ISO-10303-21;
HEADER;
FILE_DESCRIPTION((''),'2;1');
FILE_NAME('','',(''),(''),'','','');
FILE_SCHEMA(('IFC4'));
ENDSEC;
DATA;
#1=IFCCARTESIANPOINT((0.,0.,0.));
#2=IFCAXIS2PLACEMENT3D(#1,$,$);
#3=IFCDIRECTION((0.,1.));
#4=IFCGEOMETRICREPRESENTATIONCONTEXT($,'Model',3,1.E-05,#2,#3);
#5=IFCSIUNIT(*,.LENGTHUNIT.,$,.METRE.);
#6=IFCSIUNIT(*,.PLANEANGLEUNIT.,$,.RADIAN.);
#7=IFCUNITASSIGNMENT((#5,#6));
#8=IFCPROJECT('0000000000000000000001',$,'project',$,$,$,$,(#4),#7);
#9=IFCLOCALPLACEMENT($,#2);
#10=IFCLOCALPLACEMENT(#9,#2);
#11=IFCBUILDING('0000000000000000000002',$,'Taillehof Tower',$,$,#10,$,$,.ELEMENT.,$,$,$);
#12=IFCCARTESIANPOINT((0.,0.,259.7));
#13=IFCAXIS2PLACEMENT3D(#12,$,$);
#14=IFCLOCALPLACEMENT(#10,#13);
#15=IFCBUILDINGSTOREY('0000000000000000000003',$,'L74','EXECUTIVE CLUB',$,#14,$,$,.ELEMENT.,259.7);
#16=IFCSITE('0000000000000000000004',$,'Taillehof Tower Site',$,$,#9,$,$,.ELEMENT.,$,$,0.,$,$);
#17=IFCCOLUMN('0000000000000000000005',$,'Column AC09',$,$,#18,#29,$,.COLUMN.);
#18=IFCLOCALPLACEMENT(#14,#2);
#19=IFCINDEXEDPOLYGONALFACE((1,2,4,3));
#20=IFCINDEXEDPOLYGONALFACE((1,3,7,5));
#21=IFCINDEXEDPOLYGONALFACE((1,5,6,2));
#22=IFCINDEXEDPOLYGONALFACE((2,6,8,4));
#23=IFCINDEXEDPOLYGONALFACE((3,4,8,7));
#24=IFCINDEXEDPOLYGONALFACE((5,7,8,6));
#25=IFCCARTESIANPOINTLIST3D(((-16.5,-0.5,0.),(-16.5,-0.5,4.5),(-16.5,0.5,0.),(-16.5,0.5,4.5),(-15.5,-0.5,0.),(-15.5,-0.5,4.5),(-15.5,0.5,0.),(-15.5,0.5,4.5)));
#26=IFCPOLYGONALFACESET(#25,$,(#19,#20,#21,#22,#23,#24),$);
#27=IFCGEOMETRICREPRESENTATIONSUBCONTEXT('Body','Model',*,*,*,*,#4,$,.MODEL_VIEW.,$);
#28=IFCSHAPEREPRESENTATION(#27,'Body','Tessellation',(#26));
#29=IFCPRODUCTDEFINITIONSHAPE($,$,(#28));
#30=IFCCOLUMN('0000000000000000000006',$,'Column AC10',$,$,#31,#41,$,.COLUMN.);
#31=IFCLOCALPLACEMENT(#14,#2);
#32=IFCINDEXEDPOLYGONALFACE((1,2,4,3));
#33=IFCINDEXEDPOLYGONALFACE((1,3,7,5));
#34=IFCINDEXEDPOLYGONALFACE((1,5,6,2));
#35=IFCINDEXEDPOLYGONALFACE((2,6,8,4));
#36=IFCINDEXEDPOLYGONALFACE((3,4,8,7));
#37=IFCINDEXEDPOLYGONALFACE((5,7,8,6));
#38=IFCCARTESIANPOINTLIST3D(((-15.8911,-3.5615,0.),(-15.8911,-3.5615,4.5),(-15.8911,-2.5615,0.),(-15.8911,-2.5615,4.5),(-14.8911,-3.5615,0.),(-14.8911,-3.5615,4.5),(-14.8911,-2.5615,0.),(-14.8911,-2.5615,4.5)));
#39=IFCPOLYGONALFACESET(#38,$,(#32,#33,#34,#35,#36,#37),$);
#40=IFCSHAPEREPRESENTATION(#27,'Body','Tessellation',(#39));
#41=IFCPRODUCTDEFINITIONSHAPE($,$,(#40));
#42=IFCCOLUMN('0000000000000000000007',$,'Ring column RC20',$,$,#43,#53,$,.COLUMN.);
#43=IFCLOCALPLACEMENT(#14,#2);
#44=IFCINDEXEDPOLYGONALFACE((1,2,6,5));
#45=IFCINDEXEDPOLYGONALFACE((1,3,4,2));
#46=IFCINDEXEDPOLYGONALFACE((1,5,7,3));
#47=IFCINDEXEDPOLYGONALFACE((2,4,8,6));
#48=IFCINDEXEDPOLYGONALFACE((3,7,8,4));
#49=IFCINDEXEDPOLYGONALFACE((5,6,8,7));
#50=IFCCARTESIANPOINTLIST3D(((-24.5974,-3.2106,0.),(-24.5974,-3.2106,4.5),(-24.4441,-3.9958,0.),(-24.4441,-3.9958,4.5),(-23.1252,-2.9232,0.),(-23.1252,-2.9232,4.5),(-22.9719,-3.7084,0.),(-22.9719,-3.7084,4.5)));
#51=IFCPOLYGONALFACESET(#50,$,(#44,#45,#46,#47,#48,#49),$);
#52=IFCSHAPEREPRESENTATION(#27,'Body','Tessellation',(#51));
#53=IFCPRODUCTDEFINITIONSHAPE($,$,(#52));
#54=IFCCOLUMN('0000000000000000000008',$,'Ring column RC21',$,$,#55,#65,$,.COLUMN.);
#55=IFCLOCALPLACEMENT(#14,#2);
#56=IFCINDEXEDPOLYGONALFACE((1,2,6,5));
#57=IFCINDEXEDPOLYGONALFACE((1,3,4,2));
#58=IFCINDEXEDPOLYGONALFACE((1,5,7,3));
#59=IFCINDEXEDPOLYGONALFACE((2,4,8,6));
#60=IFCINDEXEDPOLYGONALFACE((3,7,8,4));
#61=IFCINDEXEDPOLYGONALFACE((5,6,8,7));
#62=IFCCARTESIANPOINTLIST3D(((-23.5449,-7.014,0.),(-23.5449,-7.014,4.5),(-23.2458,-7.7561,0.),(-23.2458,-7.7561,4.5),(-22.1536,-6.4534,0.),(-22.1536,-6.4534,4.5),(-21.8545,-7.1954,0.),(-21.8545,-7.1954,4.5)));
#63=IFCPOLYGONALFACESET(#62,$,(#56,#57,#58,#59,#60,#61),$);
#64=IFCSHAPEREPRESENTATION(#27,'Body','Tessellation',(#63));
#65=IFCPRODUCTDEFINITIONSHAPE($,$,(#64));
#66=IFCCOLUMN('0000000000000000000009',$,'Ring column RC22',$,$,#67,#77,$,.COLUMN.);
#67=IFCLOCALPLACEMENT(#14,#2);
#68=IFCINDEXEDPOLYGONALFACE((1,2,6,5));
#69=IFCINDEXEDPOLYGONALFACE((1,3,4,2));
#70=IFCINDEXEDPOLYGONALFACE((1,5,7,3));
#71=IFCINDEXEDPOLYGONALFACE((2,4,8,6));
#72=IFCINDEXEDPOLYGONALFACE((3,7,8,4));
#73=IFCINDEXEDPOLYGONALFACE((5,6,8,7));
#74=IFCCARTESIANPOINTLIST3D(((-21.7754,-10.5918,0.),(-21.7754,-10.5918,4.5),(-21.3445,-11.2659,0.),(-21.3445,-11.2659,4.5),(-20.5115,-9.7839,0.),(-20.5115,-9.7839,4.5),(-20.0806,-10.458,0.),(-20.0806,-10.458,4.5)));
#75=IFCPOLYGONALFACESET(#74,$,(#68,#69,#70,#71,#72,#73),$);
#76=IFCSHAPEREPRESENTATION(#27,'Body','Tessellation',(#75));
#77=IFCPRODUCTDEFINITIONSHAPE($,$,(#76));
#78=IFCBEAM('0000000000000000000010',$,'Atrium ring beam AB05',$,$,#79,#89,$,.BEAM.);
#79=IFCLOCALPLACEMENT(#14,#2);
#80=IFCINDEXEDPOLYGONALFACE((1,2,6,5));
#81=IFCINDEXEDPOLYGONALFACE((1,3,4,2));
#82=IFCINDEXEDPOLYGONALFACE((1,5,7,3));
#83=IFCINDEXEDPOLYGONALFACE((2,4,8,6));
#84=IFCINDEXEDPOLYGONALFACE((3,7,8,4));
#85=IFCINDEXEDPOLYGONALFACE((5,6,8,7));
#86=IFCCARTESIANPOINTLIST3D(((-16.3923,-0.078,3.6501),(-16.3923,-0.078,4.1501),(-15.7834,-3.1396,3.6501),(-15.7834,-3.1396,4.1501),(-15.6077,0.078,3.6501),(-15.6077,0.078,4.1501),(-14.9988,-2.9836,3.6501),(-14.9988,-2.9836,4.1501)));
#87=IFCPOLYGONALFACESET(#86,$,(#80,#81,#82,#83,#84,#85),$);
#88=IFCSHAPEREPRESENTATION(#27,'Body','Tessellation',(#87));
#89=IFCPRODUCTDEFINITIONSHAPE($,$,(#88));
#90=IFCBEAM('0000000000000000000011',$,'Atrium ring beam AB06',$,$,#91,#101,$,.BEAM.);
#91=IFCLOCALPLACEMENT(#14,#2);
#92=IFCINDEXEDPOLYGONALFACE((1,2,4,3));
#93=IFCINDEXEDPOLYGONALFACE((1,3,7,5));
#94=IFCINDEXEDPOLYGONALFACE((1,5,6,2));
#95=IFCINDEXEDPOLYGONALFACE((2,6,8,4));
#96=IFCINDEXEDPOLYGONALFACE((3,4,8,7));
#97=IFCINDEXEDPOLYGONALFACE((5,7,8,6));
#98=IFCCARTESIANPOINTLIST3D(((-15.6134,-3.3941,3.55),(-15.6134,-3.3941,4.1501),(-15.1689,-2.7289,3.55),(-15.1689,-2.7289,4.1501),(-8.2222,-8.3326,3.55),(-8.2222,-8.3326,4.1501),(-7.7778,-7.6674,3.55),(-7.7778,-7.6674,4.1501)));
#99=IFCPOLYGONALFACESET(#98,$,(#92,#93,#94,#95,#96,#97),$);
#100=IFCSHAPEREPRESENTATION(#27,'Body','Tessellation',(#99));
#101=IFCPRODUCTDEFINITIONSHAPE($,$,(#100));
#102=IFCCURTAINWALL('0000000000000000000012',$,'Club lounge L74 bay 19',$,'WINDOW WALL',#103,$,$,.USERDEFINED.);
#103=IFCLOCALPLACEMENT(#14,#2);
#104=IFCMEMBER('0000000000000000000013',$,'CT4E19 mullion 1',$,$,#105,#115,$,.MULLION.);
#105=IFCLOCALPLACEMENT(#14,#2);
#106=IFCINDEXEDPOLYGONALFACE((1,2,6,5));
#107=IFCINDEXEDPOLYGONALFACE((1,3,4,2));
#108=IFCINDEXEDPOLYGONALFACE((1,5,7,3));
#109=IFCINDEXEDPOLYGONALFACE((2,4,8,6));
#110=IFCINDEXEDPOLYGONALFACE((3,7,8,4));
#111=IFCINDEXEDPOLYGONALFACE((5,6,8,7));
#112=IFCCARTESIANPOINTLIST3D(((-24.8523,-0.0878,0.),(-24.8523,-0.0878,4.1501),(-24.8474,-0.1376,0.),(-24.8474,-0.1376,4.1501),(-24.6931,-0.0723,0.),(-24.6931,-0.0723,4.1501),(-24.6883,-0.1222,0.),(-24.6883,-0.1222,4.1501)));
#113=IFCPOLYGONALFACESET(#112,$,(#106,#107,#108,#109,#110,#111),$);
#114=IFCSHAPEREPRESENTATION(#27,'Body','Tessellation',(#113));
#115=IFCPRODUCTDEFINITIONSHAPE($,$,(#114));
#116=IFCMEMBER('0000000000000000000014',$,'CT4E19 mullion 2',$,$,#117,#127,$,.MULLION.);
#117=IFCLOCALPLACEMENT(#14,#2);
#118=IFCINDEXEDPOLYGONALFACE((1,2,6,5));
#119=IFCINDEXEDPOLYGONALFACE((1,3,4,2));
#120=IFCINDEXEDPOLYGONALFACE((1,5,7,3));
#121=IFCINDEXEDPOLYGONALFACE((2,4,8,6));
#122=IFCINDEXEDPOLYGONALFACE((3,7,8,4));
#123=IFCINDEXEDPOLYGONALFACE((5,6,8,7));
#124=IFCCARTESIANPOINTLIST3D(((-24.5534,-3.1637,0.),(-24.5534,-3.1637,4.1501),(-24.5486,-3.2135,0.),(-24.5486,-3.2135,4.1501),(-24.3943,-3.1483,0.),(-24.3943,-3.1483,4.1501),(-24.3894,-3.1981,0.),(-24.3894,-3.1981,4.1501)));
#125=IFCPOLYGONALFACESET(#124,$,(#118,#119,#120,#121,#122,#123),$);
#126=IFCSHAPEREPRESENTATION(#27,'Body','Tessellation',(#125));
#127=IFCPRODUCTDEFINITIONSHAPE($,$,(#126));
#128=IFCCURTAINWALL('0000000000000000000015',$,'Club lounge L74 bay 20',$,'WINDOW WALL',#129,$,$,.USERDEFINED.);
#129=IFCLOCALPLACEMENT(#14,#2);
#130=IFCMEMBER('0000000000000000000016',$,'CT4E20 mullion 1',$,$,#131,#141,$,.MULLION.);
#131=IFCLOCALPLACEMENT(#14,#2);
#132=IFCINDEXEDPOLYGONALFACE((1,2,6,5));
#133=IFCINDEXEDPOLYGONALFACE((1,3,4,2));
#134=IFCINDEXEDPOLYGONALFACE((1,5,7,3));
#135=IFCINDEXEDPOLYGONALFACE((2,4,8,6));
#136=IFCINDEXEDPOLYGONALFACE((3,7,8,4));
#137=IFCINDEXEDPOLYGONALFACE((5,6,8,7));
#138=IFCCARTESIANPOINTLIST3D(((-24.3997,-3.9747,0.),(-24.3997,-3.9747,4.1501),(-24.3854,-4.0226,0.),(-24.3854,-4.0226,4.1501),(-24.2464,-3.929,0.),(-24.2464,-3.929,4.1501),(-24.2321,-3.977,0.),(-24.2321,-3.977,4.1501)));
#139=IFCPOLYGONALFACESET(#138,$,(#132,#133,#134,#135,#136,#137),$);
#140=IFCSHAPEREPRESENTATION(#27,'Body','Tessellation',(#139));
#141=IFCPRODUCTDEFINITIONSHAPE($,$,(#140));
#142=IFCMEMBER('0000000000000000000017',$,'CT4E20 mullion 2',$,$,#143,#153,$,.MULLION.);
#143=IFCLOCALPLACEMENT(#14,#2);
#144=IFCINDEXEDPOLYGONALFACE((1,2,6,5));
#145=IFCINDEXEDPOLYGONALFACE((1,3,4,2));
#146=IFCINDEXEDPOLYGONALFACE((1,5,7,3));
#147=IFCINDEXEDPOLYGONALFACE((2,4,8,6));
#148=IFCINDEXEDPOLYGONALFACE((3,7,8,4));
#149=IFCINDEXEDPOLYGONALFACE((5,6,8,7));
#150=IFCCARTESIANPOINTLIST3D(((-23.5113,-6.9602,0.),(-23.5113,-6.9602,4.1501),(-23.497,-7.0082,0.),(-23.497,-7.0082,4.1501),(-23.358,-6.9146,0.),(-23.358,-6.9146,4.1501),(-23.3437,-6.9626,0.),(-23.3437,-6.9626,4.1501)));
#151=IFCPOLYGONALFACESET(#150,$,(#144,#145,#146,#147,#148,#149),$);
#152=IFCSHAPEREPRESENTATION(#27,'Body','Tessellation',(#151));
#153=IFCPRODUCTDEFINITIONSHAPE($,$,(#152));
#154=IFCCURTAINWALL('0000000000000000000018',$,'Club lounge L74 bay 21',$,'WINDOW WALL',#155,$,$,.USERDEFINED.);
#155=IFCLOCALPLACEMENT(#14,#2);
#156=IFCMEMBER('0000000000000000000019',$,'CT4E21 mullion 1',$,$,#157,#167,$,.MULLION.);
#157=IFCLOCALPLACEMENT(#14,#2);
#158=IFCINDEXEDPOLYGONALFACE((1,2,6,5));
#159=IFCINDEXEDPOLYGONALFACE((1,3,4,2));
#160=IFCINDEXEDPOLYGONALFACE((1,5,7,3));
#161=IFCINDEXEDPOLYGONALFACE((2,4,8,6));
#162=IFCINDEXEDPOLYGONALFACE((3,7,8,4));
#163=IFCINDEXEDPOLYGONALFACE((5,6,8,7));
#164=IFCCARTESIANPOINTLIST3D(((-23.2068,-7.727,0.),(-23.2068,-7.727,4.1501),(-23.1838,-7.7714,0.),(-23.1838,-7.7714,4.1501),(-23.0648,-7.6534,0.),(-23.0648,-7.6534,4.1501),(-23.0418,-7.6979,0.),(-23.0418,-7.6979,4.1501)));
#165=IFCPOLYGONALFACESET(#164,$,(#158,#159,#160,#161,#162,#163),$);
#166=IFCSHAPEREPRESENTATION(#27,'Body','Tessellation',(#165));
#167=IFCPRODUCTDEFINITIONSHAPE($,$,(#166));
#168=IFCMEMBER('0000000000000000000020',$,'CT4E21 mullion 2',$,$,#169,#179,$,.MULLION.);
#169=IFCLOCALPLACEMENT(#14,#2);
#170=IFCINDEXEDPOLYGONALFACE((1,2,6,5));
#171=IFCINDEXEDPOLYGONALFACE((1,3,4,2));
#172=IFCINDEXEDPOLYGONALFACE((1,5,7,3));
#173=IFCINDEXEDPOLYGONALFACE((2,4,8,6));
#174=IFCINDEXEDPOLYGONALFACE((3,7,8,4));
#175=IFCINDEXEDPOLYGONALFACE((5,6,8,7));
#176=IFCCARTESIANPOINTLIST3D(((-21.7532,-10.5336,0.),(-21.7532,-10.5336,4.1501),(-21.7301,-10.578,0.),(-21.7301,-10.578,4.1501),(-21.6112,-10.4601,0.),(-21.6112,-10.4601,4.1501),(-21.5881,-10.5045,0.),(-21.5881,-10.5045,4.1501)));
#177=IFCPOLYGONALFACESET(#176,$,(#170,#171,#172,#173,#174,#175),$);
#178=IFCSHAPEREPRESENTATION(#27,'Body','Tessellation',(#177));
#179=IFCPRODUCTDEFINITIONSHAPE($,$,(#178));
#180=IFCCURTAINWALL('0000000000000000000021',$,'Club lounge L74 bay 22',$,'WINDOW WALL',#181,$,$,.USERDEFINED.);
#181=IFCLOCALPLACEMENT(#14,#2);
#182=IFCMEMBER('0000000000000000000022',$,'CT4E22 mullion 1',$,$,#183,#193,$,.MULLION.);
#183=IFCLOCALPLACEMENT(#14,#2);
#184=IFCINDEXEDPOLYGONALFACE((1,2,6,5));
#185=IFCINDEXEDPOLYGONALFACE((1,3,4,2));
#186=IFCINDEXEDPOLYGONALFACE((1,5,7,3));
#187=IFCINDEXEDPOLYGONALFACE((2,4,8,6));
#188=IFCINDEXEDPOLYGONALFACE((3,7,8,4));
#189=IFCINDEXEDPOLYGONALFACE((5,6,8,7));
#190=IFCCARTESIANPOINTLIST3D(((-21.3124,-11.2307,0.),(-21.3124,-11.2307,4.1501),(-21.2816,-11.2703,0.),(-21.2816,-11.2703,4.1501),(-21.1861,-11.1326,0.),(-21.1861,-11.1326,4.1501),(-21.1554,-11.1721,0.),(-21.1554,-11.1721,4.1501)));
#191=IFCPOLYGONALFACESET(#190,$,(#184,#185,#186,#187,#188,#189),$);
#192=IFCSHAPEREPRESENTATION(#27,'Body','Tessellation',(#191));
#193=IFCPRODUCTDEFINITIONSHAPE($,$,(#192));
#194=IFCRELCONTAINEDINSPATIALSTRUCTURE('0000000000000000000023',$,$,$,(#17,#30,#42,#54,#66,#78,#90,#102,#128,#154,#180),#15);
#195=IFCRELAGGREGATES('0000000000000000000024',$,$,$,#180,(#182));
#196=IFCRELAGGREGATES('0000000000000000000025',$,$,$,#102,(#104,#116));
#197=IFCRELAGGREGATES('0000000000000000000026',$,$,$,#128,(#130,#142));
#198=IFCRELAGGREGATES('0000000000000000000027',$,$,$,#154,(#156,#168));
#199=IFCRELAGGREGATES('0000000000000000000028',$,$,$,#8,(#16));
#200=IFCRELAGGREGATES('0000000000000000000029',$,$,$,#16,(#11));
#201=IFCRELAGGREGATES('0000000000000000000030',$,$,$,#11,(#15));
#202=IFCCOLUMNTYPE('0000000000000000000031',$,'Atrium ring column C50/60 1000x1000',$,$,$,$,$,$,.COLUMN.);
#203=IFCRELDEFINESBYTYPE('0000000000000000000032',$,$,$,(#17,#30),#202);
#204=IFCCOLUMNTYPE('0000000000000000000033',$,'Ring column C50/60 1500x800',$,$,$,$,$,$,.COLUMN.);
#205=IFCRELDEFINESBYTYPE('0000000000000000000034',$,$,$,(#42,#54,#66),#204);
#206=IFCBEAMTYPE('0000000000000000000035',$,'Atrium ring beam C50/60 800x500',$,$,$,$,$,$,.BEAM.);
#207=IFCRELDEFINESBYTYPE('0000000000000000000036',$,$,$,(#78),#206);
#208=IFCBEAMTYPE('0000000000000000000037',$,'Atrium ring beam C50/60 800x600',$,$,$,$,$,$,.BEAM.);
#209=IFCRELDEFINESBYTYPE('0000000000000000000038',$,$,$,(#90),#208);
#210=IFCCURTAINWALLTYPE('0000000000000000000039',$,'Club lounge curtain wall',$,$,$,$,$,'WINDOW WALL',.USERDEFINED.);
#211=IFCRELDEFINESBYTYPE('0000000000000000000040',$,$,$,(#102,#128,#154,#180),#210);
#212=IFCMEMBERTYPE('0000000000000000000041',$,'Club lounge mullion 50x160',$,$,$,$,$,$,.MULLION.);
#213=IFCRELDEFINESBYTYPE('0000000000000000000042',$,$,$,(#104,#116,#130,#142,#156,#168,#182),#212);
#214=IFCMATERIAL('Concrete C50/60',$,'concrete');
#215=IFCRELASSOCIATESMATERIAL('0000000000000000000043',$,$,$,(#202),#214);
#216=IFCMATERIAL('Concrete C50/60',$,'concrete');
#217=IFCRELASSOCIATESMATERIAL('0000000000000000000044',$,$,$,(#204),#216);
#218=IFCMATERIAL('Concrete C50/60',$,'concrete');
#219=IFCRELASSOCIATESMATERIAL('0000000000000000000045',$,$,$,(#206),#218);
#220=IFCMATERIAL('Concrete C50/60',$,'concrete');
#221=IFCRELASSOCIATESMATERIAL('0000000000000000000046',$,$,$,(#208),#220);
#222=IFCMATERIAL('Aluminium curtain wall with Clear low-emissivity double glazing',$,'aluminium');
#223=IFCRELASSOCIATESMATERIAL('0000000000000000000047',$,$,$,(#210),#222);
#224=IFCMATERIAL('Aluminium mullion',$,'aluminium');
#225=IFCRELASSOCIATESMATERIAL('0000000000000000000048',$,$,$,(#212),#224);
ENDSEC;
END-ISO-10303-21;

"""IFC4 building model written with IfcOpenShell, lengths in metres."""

from ifc_helpers import new_model, si_unit, direction, frame, origin, origin_2d, place, context, subcontext, project, spatial, rectangle, extrude, material, material_profile, profile_set, type_object, element, aggregate, save


model = new_model("IFC4")

# Units and contexts
model_context = context("Model", 3, precision=1e-05, world=origin(), true_north=direction((0.0, 1.0)))
body_context = subcontext(model_context, "Body", "Model", "MODEL_VIEW")
ifc_project = project(units=[si_unit("LENGTHUNIT", "METRE"), si_unit("PLANEANGLEUNIT", "RADIAN")], contexts=[model_context])

# Site, building, storey
site_placement = place(None, origin())
site = spatial("IfcSite", under=ifc_project, at=site_placement, Name="Taillehof Tower Site", CompositionType="ELEMENT", RefElevation=0.0)
building_placement = place(site_placement, origin())
building = spatial("IfcBuilding", under=site, at=building_placement, Name="Taillehof Tower", CompositionType="ELEMENT")
storey_placement = place(building_placement, frame((0.0, 0.0, 259.7)))
storey = spatial("IfcBuildingStorey", under=building, at=storey_placement, Name="L74", Description="EXECUTIVE CLUB", CompositionType="ELEMENT", Elevation=259.7)

# Columns
ifc_material_1 = material(Name="Concrete C50/60", Category="concrete")
ifc_material_profile_1 = material_profile(ifc_material_1, rectangle(XDim=1.0, YDim=1.0, at=origin_2d()), Name="RC 1000x1000")
ifc_profile_set_1 = profile_set([ifc_material_profile_1], Name="Concrete C50/60")
column_type_1 = type_object("IfcColumnType", Name="Atrium ring column C50/60 1000x1000", PredefinedType="COLUMN", material=ifc_profile_set_1)
for number, where, z_axis, x_axis, name in (
    (1, (-16.0, 0.0, 0.0), (0.0, 0.0, 1.0), (1.0, 0.0, 0.0), "Column AC09"),
    (2, (-15.3911, -3.0615, 0.0), (0.0, 0.0, 1.0), (1.0, 0.0, 0.0), "Column AC10"),
):
    element("IfcColumn", number, at=place(storey_placement, frame(where, z_axis=z_axis, x_axis=x_axis)), inside=storey, type_object=column_type_1, Name=name, PredefinedType="COLUMN", context=body_context, shape_type="SweptSolid", body=[
        extrude(rectangle(XDim=1.0, YDim=1.0, at=origin_2d()), origin(), (0.0, 0.0, 1.0), 4.5),
    ])
ifc_material_2 = material(Name="Concrete C50/60", Category="concrete")
ifc_material_profile_2 = material_profile(ifc_material_2, rectangle(XDim=1.5, YDim=0.8, at=origin_2d()), Name="RC 1500x800")
ifc_profile_set_2 = profile_set([ifc_material_profile_2], Name="Concrete C50/60")
column_type_2 = type_object("IfcColumnType", Name="Ring column C50/60 1500x800", PredefinedType="COLUMN", material=ifc_profile_set_2)
for number, where, z_axis, x_axis, name in (
    (3, (-23.7847, -3.4595, 0.0), (0.0, 0.0, 1.0), (-0.981473, -0.191602, 0.0), "Ring column RC20"),
    (4, (-22.6997, -7.1047, 0.0), (0.0, 0.0, 1.0), (-0.927525, -0.373762, 0.0), "Ring column RC21"),
    (5, (-20.928, -10.5249, 0.0), (0.0, 0.0, 1.0), (-0.842574, -0.538581, 0.0), "Ring column RC22"),
):
    element("IfcColumn", number, at=place(storey_placement, frame(where, z_axis=z_axis, x_axis=x_axis)), inside=storey, type_object=column_type_2, Name=name, PredefinedType="COLUMN", context=body_context, shape_type="SweptSolid", body=[
        extrude(rectangle(XDim=1.5, YDim=0.8, at=origin_2d()), origin(), (0.0, 0.0, 1.0), 4.5),
    ])

# Beams
ifc_material_3 = material(Name="Concrete C50/60", Category="concrete")
ifc_material_profile_3 = material_profile(ifc_material_3, rectangle(XDim=0.8, YDim=0.5, at=origin_2d()), Name="RC 800x500")
ifc_profile_set_3 = profile_set([ifc_material_profile_3], Name="Concrete C50/60")
beam_type_1 = type_object("IfcBeamType", Name="Atrium ring beam C50/60 800x500", PredefinedType="BEAM", material=ifc_profile_set_3)
beam_1_placement = place(storey_placement, frame((-16.0, 0.0, 3.9001), z_axis=(0.195063, -0.980791, 0.0), x_axis=(0.980791, 0.195063, 0.0)))
element("IfcBeam", 6, at=beam_1_placement, inside=storey, type_object=beam_type_1, Name="Atrium ring beam AB05", PredefinedType="BEAM", context=body_context, shape_type="SweptSolid", body=[
    extrude(rectangle(XDim=0.8, YDim=0.5, at=origin_2d()), origin(), (0.0, 0.0, 1.0), 3.1216),
])
ifc_material_4 = material(Name="Concrete C50/60", Category="concrete")
ifc_material_profile_4 = material_profile(ifc_material_4, rectangle(XDim=0.8, YDim=0.6001, at=origin_2d()), Name="RC 800x600")
ifc_profile_set_4 = profile_set([ifc_material_profile_4], Name="Concrete C50/60")
beam_type_2 = type_object("IfcBeamType", Name="Atrium ring beam C50/60 800x600", PredefinedType="BEAM", material=ifc_profile_set_4)
beam_2_placement = place(storey_placement, frame((-15.3911, -3.0615, 3.8501), z_axis=(0.831475, -0.555562, 0.0), x_axis=(0.555562, 0.831475, 0.0)))
element("IfcBeam", 7, at=beam_2_placement, inside=storey, type_object=beam_type_2, Name="Atrium ring beam AB06", PredefinedType="BEAM", context=body_context, shape_type="SweptSolid", body=[
    extrude(rectangle(XDim=0.8, YDim=0.6001, at=origin_2d()), origin(), (0.0, 0.0, 1.0), 8.8892),
])

# Curtain walls, members
ifc_material_5 = material(Name="Aluminium curtain wall with Clear low-emissivity double glazing", Category="aluminium")
curtain_wall_type = type_object("IfcCurtainWallType", Name="Club lounge curtain wall", ElementType="WINDOW WALL", PredefinedType="USERDEFINED", material=ifc_material_5)
curtain_wall_1_placement = place(storey_placement, origin())
curtain_wall_1 = element("IfcCurtainWall", 8, at=curtain_wall_1_placement, inside=storey, type_object=curtain_wall_type, Name="Club lounge L74 bay 19", ObjectType="WINDOW WALL", PredefinedType="USERDEFINED")
ifc_material_6 = material(Name="Aluminium mullion", Category="aluminium")
ifc_material_profile_5 = material_profile(ifc_material_6, rectangle(XDim=0.1599, YDim=0.05, at=origin_2d()), Name="AL 50x160")
ifc_profile_set_5 = profile_set([ifc_material_profile_5], Name="Aluminium mullion")
member_type_1 = type_object("IfcMemberType", Name="Club lounge mullion 50x160", PredefinedType="MULLION", material=ifc_profile_set_5)
member_1_placement = place(storey_placement, frame((-24.7703, -0.105, 0.0), z_axis=(0.0, 0.0, 1.0), x_axis=(0.995312, 0.096714, 0.0)))
member_1 = element("IfcMember", 9, at=member_1_placement, type_object=member_type_1, Name="CT4E19 mullion 1", PredefinedType="MULLION", context=body_context, shape_type="SweptSolid", body=[
    extrude(rectangle(XDim=0.1599, YDim=0.05, at=origin_2d()), origin(), (0.0, 0.0, 1.0), 4.1501),
])
member_2_placement = place(storey_placement, frame((-24.4714, -3.1809, 0.0), z_axis=(0.0, 0.0, 1.0), x_axis=(0.995312, 0.096714, 0.0)))
member_2 = element("IfcMember", 10, at=member_2_placement, type_object=member_type_1, Name="CT4E19 mullion 2", PredefinedType="MULLION", context=body_context, shape_type="SweptSolid", body=[
    extrude(rectangle(XDim=0.1599, YDim=0.05, at=origin_2d()), origin(), (0.0, 0.0, 1.0), 4.1501),
])
curtain_wall_2_placement = place(storey_placement, origin())
curtain_wall_2 = element("IfcCurtainWall", 11, at=curtain_wall_2_placement, inside=storey, type_object=curtain_wall_type, Name="Club lounge L74 bay 20", ObjectType="WINDOW WALL", PredefinedType="USERDEFINED")
member_3_placement = place(storey_placement, frame((-24.3159, -3.9758, 0.0), z_axis=(0.0, 0.0, 1.0), x_axis=(0.958457, 0.285236, 0.0)))
member_3 = element("IfcMember", 12, at=member_3_placement, type_object=member_type_1, Name="CT4E20 mullion 1", PredefinedType="MULLION", context=body_context, shape_type="SweptSolid", body=[
    extrude(rectangle(XDim=0.1599, YDim=0.05, at=origin_2d()), origin(), (0.0, 0.0, 1.0), 4.1501),
])
member_4_placement = place(storey_placement, frame((-23.4275, -6.9614, 0.0), z_axis=(0.0, 0.0, 1.0), x_axis=(0.958457, 0.285236, 0.0)))
member_4 = element("IfcMember", 13, at=member_4_placement, type_object=member_type_1, Name="CT4E20 mullion 2", PredefinedType="MULLION", context=body_context, shape_type="SweptSolid", body=[
    extrude(rectangle(XDim=0.1599, YDim=0.05, at=origin_2d()), origin(), (0.0, 0.0, 1.0), 4.1501),
])
curtain_wall_3_placement = place(storey_placement, origin())
curtain_wall_3 = element("IfcCurtainWall", 14, at=curtain_wall_3_placement, inside=storey, type_object=curtain_wall_type, Name="Club lounge L74 bay 21", ObjectType="WINDOW WALL", PredefinedType="USERDEFINED")
member_5_placement = place(storey_placement, frame((-23.1243, -7.7124, 0.0), z_axis=(0.0, 0.0, 1.0), x_axis=(0.887975, 0.459891, 0.0)))
member_5 = element("IfcMember", 15, at=member_5_placement, type_object=member_type_1, Name="CT4E21 mullion 1", PredefinedType="MULLION", context=body_context, shape_type="SweptSolid", body=[
    extrude(rectangle(XDim=0.1599, YDim=0.05, at=origin_2d()), origin(), (0.0, 0.0, 1.0), 4.1501),
])
member_6_placement = place(storey_placement, frame((-21.6707, -10.519, 0.0), z_axis=(0.0, 0.0, 1.0), x_axis=(0.887975, 0.459891, 0.0)))
member_6 = element("IfcMember", 16, at=member_6_placement, type_object=member_type_1, Name="CT4E21 mullion 2", PredefinedType="MULLION", context=body_context, shape_type="SweptSolid", body=[
    extrude(rectangle(XDim=0.1599, YDim=0.05, at=origin_2d()), origin(), (0.0, 0.0, 1.0), 4.1501),
])

# Curtain wall, member
curtain_wall_4_placement = place(storey_placement, origin())
curtain_wall_4 = element("IfcCurtainWall", 17, at=curtain_wall_4_placement, inside=storey, type_object=curtain_wall_type, Name="Club lounge L74 bay 22", ObjectType="WINDOW WALL", PredefinedType="USERDEFINED")
member_7_placement = place(storey_placement, frame((-21.2339, -11.2014, 0.0), z_axis=(0.0, 0.0, 1.0), x_axis=(0.789382, 0.613903, 0.0)))
member_7 = element("IfcMember", 18, at=member_7_placement, type_object=member_type_1, Name="CT4E22 mullion 1", PredefinedType="MULLION", context=body_context, shape_type="SweptSolid", body=[
    extrude(rectangle(XDim=0.1599, YDim=0.05, at=origin_2d()), origin(), (0.0, 0.0, 1.0), 4.1501),
])
aggregate(curtain_wall_4, [member_7])

aggregate(curtain_wall_1, [member_1, member_2])
aggregate(curtain_wall_2, [member_3, member_4])
aggregate(curtain_wall_3, [member_5, member_6])

save(model, "model.ifc")
